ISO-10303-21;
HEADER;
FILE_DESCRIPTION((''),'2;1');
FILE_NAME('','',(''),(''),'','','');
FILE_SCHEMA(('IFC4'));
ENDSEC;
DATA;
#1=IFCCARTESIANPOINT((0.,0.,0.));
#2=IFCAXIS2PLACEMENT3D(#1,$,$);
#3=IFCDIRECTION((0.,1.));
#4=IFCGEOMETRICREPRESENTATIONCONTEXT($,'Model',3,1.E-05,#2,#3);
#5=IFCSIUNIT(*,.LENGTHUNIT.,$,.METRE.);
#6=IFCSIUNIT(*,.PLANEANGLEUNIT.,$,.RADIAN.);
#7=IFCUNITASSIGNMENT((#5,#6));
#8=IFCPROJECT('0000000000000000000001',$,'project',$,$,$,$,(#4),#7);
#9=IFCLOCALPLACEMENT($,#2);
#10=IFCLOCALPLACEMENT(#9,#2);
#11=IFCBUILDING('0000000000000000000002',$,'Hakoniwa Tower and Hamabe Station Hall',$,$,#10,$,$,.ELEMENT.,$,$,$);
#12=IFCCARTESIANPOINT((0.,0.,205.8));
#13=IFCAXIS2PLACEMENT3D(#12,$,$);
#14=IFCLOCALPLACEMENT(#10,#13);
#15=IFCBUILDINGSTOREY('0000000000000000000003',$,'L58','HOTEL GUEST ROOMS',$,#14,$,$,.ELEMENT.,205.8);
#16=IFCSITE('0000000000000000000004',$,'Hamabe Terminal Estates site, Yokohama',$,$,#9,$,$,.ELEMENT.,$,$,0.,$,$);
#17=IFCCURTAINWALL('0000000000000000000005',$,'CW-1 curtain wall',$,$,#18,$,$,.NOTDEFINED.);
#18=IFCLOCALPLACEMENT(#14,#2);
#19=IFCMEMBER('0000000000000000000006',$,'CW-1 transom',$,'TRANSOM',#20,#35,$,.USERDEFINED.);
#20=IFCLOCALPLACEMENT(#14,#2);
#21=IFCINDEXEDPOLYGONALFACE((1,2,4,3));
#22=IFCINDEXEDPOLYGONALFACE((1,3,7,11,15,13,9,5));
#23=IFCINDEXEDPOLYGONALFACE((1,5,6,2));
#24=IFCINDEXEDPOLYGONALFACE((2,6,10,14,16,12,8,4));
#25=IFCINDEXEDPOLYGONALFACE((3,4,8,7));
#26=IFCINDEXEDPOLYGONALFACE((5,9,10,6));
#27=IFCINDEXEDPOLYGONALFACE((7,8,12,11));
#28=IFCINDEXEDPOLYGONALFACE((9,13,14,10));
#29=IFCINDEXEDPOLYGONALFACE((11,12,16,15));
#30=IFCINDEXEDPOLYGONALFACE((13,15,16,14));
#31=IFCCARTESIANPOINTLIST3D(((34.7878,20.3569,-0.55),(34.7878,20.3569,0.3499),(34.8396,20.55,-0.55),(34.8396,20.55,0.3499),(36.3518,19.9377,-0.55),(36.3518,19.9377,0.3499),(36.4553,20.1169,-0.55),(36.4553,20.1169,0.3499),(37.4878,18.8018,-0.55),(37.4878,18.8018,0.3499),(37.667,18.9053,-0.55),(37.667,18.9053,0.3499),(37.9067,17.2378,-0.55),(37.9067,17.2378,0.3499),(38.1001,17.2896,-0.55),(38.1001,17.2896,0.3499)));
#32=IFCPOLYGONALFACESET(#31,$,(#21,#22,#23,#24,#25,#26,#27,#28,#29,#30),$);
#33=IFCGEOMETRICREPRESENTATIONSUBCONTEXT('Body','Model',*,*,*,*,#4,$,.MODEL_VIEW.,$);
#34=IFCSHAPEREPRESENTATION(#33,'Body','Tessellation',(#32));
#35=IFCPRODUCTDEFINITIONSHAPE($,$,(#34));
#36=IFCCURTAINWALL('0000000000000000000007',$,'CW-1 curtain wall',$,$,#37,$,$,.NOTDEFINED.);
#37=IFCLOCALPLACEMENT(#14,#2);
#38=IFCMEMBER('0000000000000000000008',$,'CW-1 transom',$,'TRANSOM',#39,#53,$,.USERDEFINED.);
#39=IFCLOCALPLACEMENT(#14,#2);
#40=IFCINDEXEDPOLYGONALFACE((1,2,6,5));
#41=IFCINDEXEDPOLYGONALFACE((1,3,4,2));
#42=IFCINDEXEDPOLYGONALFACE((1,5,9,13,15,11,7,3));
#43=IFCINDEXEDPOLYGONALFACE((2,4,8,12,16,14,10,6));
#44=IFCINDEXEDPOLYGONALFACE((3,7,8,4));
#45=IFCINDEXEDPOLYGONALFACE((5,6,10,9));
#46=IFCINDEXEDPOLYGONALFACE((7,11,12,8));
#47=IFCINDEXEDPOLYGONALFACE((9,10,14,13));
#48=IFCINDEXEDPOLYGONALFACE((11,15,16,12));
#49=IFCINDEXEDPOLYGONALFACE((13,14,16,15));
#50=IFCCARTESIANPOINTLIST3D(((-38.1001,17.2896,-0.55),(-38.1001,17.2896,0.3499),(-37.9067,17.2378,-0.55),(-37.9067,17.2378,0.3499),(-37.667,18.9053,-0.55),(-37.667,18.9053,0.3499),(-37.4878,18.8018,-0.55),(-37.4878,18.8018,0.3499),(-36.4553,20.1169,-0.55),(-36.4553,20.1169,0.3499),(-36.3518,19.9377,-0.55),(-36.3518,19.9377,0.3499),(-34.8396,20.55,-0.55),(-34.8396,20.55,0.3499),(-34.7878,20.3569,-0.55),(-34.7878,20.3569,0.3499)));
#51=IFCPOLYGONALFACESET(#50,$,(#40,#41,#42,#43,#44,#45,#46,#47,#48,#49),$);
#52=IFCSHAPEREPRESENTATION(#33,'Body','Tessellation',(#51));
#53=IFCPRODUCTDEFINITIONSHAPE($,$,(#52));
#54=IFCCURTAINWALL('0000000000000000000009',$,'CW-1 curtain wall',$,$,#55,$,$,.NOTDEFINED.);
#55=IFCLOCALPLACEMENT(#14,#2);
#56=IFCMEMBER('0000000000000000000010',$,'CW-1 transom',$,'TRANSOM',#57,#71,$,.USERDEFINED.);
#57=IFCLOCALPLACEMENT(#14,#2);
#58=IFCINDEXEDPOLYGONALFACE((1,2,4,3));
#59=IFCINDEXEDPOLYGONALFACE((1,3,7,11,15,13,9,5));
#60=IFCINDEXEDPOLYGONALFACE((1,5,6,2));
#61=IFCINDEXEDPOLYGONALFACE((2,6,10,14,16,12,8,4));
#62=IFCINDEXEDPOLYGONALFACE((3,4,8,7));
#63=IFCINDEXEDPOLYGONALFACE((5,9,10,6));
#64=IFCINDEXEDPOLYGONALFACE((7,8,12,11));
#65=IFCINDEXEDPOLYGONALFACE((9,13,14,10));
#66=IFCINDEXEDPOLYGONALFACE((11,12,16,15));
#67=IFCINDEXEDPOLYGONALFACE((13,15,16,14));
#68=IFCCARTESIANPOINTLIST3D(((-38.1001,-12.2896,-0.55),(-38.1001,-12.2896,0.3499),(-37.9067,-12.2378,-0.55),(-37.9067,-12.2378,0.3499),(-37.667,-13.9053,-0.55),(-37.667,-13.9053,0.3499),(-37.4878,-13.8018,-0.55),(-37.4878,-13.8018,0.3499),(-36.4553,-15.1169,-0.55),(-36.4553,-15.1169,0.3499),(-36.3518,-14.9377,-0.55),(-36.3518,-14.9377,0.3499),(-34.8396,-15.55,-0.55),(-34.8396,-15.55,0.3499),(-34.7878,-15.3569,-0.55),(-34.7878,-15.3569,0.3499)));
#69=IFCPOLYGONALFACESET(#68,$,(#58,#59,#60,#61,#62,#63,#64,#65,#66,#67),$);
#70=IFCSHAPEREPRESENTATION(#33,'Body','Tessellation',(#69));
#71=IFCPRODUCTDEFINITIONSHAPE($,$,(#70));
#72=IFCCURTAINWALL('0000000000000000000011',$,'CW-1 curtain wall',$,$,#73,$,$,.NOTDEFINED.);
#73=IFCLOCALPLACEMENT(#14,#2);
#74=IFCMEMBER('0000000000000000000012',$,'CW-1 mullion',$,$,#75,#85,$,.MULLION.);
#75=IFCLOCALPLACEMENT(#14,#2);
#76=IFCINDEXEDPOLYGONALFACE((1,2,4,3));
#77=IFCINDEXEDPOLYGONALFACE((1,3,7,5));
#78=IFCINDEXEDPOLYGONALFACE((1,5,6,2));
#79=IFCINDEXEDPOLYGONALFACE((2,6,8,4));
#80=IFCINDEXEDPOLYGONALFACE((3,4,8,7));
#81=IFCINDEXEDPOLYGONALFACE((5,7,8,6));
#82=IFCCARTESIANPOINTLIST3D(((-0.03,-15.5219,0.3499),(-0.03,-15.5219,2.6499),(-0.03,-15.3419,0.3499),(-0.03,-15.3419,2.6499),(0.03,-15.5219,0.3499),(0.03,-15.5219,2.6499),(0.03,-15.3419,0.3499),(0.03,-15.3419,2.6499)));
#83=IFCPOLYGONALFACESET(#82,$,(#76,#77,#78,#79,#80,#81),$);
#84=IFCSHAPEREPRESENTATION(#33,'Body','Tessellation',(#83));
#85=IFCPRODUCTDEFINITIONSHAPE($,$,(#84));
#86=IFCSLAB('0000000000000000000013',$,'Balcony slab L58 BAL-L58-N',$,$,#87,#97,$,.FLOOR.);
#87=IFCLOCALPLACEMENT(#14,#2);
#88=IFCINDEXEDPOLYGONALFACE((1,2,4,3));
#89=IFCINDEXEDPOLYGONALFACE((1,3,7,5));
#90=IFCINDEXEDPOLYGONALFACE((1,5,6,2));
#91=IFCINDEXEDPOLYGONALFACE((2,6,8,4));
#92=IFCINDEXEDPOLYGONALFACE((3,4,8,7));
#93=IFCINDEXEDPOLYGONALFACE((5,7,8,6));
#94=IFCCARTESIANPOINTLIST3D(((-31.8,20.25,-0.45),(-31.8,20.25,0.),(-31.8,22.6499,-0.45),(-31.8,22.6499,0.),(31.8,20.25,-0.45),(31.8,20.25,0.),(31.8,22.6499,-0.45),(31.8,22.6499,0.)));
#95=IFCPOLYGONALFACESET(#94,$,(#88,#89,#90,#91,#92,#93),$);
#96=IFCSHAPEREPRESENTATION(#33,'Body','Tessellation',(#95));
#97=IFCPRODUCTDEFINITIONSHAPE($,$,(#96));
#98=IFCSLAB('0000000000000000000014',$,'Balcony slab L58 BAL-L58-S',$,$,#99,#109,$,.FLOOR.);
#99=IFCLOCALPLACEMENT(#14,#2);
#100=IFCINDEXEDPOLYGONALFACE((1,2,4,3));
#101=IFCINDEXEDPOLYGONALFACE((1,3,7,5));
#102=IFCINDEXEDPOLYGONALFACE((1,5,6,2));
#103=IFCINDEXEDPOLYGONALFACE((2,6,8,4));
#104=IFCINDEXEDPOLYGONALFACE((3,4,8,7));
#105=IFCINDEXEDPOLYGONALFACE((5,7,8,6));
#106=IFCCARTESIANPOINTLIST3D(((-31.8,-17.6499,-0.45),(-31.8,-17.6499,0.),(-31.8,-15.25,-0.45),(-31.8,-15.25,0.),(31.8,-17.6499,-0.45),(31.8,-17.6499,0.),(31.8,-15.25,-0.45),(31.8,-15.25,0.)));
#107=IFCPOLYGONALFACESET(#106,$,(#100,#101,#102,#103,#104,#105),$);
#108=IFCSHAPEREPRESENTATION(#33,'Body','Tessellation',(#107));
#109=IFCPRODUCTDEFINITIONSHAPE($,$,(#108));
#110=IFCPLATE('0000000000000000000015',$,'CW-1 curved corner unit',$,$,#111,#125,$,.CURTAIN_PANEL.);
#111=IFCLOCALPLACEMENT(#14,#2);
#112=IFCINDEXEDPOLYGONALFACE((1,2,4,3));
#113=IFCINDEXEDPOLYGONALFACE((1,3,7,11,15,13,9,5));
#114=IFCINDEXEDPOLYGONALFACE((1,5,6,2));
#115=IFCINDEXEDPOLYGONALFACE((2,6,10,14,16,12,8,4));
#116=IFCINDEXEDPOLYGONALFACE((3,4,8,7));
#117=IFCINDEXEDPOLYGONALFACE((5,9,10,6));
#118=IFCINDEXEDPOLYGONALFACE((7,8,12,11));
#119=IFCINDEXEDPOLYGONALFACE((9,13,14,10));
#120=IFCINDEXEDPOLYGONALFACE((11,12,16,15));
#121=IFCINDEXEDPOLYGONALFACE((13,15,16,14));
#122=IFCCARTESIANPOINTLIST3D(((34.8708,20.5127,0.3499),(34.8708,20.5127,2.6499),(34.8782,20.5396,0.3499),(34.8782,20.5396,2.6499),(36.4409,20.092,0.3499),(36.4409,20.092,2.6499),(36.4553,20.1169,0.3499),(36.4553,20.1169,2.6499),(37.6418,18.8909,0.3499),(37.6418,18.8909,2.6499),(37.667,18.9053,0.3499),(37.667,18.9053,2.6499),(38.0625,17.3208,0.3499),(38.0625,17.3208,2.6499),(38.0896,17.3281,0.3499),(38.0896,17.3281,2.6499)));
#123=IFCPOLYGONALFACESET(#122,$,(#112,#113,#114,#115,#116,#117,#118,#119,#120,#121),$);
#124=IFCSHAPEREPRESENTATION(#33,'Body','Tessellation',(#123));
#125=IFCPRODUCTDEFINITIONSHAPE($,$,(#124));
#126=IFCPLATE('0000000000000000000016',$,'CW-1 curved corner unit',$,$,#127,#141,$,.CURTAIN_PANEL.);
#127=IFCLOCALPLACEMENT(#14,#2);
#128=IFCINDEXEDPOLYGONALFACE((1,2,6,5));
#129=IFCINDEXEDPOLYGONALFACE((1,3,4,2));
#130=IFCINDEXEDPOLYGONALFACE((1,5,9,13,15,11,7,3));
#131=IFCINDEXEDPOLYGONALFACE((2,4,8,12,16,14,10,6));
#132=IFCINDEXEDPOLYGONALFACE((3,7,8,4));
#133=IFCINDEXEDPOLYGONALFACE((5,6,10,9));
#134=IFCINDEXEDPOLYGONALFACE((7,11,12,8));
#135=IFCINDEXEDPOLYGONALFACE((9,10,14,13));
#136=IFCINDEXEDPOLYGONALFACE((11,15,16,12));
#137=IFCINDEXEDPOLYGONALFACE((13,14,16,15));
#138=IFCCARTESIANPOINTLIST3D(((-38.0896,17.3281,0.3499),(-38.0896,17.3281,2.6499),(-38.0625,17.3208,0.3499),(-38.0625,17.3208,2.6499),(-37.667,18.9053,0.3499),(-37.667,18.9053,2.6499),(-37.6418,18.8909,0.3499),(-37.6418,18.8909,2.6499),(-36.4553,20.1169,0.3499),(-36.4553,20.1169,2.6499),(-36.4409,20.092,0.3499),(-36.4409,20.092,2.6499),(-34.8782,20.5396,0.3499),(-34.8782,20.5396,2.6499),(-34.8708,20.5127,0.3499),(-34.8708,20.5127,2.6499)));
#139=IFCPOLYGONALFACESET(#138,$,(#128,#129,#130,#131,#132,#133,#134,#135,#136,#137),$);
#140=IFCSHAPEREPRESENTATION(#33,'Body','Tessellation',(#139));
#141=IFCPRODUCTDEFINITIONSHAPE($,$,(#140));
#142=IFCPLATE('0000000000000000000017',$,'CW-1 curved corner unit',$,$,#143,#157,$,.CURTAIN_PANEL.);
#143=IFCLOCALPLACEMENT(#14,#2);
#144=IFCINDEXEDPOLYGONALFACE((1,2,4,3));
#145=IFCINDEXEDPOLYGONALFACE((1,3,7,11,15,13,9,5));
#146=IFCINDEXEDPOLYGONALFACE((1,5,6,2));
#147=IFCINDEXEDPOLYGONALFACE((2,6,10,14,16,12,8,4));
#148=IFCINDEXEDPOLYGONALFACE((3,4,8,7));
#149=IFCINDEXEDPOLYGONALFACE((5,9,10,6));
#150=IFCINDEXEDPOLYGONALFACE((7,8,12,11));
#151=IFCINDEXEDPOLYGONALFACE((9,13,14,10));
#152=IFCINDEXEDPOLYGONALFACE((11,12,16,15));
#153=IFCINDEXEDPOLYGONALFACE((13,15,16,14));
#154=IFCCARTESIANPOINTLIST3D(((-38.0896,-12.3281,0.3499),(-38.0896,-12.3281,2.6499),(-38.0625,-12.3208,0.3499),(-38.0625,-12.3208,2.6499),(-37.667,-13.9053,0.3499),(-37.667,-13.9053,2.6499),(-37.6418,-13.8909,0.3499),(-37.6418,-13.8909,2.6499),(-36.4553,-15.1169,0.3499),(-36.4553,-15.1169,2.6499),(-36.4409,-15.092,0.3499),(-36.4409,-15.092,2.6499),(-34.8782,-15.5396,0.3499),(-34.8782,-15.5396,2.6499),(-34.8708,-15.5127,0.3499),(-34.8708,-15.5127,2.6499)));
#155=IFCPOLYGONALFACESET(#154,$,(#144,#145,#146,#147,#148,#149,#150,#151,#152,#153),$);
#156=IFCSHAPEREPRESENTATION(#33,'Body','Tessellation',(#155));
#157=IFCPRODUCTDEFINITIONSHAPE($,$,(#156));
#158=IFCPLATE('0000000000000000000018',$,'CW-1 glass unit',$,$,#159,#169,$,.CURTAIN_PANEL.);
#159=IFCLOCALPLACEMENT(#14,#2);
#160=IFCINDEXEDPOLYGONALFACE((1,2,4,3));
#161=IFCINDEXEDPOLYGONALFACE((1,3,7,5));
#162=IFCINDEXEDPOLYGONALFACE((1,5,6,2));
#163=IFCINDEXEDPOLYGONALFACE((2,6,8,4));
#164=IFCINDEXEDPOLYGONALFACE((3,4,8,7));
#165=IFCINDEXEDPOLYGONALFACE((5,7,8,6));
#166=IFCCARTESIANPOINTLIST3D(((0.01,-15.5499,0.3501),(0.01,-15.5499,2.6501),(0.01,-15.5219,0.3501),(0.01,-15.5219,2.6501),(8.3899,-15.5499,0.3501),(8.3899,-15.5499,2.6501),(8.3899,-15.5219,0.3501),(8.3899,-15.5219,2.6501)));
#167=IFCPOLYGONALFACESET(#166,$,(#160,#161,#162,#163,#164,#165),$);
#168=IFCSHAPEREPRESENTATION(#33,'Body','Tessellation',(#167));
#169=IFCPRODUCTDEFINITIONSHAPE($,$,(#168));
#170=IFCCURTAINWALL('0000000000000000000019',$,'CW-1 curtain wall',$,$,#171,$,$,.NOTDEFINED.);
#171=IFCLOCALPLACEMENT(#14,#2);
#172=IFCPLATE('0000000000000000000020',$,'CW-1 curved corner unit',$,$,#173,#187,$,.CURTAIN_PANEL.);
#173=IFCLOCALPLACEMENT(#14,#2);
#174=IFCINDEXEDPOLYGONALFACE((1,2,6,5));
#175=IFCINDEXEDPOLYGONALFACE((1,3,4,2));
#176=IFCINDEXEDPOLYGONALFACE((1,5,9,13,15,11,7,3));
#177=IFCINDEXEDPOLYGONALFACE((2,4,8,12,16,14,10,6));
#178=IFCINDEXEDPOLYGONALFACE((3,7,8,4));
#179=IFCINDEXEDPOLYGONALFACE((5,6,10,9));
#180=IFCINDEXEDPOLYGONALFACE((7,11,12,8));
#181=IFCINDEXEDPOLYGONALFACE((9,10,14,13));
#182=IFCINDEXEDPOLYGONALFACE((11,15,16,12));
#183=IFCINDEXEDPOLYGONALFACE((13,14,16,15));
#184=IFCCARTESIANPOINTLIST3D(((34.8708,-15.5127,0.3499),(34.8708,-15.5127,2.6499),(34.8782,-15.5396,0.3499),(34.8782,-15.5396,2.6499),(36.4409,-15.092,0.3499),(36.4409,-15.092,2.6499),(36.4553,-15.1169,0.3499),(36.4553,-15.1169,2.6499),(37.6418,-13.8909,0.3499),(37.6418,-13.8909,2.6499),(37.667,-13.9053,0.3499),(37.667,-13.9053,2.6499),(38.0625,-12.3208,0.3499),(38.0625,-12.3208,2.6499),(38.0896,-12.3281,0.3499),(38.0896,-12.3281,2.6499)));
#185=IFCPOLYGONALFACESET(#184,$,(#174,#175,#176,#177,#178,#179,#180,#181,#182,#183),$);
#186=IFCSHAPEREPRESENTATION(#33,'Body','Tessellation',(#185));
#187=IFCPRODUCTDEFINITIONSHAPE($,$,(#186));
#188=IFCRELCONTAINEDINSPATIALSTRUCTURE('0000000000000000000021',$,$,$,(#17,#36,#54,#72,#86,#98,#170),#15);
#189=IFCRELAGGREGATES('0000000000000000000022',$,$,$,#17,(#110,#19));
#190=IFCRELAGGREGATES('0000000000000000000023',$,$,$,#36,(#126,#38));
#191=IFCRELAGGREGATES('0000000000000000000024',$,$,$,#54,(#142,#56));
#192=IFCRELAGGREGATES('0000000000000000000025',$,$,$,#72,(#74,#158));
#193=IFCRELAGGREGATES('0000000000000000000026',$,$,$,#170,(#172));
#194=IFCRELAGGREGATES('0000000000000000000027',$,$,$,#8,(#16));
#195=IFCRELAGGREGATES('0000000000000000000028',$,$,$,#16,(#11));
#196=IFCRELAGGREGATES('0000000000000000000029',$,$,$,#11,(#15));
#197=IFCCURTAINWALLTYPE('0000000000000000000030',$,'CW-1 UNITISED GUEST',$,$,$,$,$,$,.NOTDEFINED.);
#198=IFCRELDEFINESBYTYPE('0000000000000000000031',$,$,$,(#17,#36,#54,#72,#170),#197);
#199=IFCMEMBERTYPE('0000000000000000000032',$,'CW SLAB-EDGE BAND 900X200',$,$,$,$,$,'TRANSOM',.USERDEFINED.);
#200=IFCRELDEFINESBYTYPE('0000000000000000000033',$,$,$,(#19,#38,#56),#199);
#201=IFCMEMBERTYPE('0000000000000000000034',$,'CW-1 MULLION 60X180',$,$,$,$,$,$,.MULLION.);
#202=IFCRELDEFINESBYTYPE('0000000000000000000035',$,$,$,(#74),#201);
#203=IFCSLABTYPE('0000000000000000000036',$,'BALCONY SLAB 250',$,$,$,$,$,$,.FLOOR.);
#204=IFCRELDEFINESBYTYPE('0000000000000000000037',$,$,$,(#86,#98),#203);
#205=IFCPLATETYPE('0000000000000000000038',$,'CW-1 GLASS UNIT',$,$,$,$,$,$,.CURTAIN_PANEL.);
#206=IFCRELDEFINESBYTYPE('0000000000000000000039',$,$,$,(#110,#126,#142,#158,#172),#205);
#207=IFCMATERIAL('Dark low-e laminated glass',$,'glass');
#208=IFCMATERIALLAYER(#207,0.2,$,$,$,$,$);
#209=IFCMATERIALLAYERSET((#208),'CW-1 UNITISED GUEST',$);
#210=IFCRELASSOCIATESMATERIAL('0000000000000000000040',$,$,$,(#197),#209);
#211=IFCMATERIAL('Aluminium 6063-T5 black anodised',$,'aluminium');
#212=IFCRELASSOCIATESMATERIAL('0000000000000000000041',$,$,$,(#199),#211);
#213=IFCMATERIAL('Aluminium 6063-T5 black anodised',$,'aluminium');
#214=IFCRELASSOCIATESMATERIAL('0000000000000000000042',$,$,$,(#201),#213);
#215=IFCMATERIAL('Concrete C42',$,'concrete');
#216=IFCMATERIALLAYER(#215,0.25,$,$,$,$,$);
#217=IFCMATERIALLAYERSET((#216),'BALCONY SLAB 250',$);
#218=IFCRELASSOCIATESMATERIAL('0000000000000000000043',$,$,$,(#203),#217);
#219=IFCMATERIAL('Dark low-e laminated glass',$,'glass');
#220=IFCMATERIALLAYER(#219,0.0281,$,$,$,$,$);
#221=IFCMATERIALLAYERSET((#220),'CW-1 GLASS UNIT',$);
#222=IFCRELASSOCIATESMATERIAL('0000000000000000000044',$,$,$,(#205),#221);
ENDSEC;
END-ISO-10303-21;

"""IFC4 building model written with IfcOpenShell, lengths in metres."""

from ifc_helpers import new_model, si_unit, direction, frame, origin, origin_2d, place, context, subcontext, project, spatial, polyline, rectangle, outline, extrude, material, layer, layer_set, material_profile, profile_set, type_object, element, aggregate, save


model = new_model("IFC4")

# Units and contexts
model_context = context("Model", 3, precision=1e-05, world=origin(), true_north=direction((0.0, 1.0)))
body_context = subcontext(model_context, "Body", "Model", "MODEL_VIEW")
ifc_project = project(units=[si_unit("LENGTHUNIT", "METRE"), si_unit("PLANEANGLEUNIT", "RADIAN")], contexts=[model_context])

# Site, building, storey
site_placement = place(None, origin())
site = spatial("IfcSite", under=ifc_project, at=site_placement, Name="Hamabe Terminal Estates site, Yokohama", CompositionType="ELEMENT", RefElevation=0.0)
building_placement = place(site_placement, origin())
building = spatial("IfcBuilding", under=site, at=building_placement, Name="Hakoniwa Tower and Hamabe Station Hall", CompositionType="ELEMENT")
storey_placement = place(building_placement, frame((0.0, 0.0, 205.8)))
storey = spatial("IfcBuildingStorey", under=building, at=storey_placement, Name="L58", Description="HOTEL GUEST ROOMS", CompositionType="ELEMENT", Elevation=205.8)

# Curtain walls, members
ifc_material_1 = material(Name="Dark low-e laminated glass", Category="glass")
ifc_layer_1 = layer(ifc_material_1, 0.2)
ifc_layer_set_1 = layer_set([ifc_layer_1], Name="CW-1 UNITISED GUEST")
curtain_wall_type = type_object("IfcCurtainWallType", Name="CW-1 UNITISED GUEST", PredefinedType="NOTDEFINED", material=ifc_layer_set_1)
curtain_wall_1_placement = place(storey_placement, origin())
curtain_wall_1 = element("IfcCurtainWall", 1, at=curtain_wall_1_placement, inside=storey, type_object=curtain_wall_type, Name="CW-1 curtain wall", PredefinedType="NOTDEFINED")
ifc_material_2 = material(Name="Aluminium 6063-T5 black anodised", Category="aluminium")
ifc_material_profile_1 = material_profile(ifc_material_2, rectangle(XDim=0.2, YDim=0.8999, at=origin_2d()), Name="CW SLAB-EDGE BAND 900X200")
ifc_profile_set_1 = profile_set([ifc_material_profile_1], Name="Aluminium 6063-T5 black anodised")
member_type_1 = type_object("IfcMemberType", Name="CW SLAB-EDGE BAND 900X200", ElementType="TRANSOM", PredefinedType="USERDEFINED", material=ifc_profile_set_1)
member_1_placement = place(storey_placement, frame((0.0, 0.0, -0.55)))
member_1 = element("IfcMember", 2, at=member_1_placement, type_object=member_type_1, Name="CW-1 transom", ObjectType="TRANSOM", PredefinedType="USERDEFINED", context=body_context, shape_type="SweptSolid", body=[
    extrude(outline(polyline([(38.1001, 17.2896), (37.667, 18.9053), (36.4553, 20.1169), (34.8396, 20.55), (34.7878, 20.3569), (36.3518, 19.9377), (37.4878, 18.8018), (37.9067, 17.2378), (38.1001, 17.2896)])), origin(), (0.0, 0.0, 1.0), 0.8999),
])
curtain_wall_2_placement = place(storey_placement, origin())
curtain_wall_2 = element("IfcCurtainWall", 3, at=curtain_wall_2_placement, inside=storey, type_object=curtain_wall_type, Name="CW-1 curtain wall", PredefinedType="NOTDEFINED")
member_2_placement = place(storey_placement, frame((0.0, 0.0, -0.55)))
member_2 = element("IfcMember", 4, at=member_2_placement, type_object=member_type_1, Name="CW-1 transom", ObjectType="TRANSOM", PredefinedType="USERDEFINED", context=body_context, shape_type="SweptSolid", body=[
    extrude(outline(polyline([(-34.8396, 20.55), (-36.4553, 20.1169), (-37.667, 18.9053), (-38.1001, 17.2896), (-37.9067, 17.2378), (-37.4878, 18.8018), (-36.3518, 19.9377), (-34.7878, 20.3569), (-34.8396, 20.55)])), origin(), (0.0, 0.0, 1.0), 0.8999),
])
curtain_wall_3_placement = place(storey_placement, origin())
curtain_wall_3 = element("IfcCurtainWall", 5, at=curtain_wall_3_placement, inside=storey, type_object=curtain_wall_type, Name="CW-1 curtain wall", PredefinedType="NOTDEFINED")
member_3_placement = place(storey_placement, frame((0.0, 0.0, -0.55)))
member_3 = element("IfcMember", 6, at=member_3_placement, type_object=member_type_1, Name="CW-1 transom", ObjectType="TRANSOM", PredefinedType="USERDEFINED", context=body_context, shape_type="SweptSolid", body=[
    extrude(outline(polyline([(-38.1001, -12.2896), (-37.667, -13.9053), (-36.4553, -15.1169), (-34.8396, -15.55), (-34.7878, -15.3569), (-36.3518, -14.9377), (-37.4878, -13.8018), (-37.9067, -12.2378), (-38.1001, -12.2896)])), origin(), (0.0, 0.0, 1.0), 0.8999),
])
curtain_wall_4_placement = place(storey_placement, origin())
curtain_wall_4 = element("IfcCurtainWall", 7, at=curtain_wall_4_placement, inside=storey, type_object=curtain_wall_type, Name="CW-1 curtain wall", PredefinedType="NOTDEFINED")
ifc_material_3 = material(Name="Aluminium 6063-T5 black anodised", Category="aluminium")
ifc_material_profile_2 = material_profile(ifc_material_3, rectangle(XDim=0.0601, YDim=0.1799, at=origin_2d()), Name="CW-1 MULLION 60X180")
ifc_profile_set_2 = profile_set([ifc_material_profile_2], Name="Aluminium 6063-T5 black anodised")
member_type_2 = type_object("IfcMemberType", Name="CW-1 MULLION 60X180", PredefinedType="MULLION", material=ifc_profile_set_2)
member_4_placement = place(storey_placement, frame((0.0, -15.4319, 0.3499), z_axis=(0.0, 0.0, 1.0), x_axis=(1.0, 0.0, 0.0)))
member_4 = element("IfcMember", 8, at=member_4_placement, type_object=member_type_2, Name="CW-1 mullion", PredefinedType="MULLION", context=body_context, shape_type="SweptSolid", body=[
    extrude(rectangle(XDim=0.0601, YDim=0.1799, at=origin_2d()), origin(), (0.0, 0.0, 1.0), 2.3),
])

# Slabs
ifc_material_4 = material(Name="Concrete C42", Category="concrete")
ifc_layer_2 = layer(ifc_material_4, 0.25)
ifc_layer_set_2 = layer_set([ifc_layer_2], Name="BALCONY SLAB 250")
slab_type = type_object("IfcSlabType", Name="BALCONY SLAB 250", PredefinedType="FLOOR", material=ifc_layer_set_2)
slab_1_placement = place(storey_placement, frame((0.0, 0.0, -0.45)))
element("IfcSlab", 9, at=slab_1_placement, inside=storey, type_object=slab_type, Name="Balcony slab L58 BAL-L58-N", PredefinedType="FLOOR", context=body_context, shape_type="SweptSolid", body=[
    extrude(outline(polyline([(-31.8, 20.25), (31.8, 20.25), (31.8, 22.6499), (-31.8, 22.6499), (-31.8, 20.25)])), origin(), (0.0, 0.0, 1.0), 0.45),
])
slab_2_placement = place(storey_placement, frame((0.0, 0.0, -0.45)))
element("IfcSlab", 10, at=slab_2_placement, inside=storey, type_object=slab_type, Name="Balcony slab L58 BAL-L58-S", PredefinedType="FLOOR", context=body_context, shape_type="SweptSolid", body=[
    extrude(outline(polyline([(-31.8, -17.6499), (31.8, -17.6499), (31.8, -15.25), (-31.8, -15.25), (-31.8, -17.6499)])), origin(), (0.0, 0.0, 1.0), 0.45),
])

# Plates
ifc_material_5 = material(Name="Dark low-e laminated glass", Category="glass")
ifc_layer_3 = layer(ifc_material_5, 0.0281)
ifc_layer_set_3 = layer_set([ifc_layer_3], Name="CW-1 GLASS UNIT")
plate_type = type_object("IfcPlateType", Name="CW-1 GLASS UNIT", PredefinedType="CURTAIN_PANEL", material=ifc_layer_set_3)
plate_1_placement = place(storey_placement, frame((0.0, 0.0, 0.3499)))
plate_1 = element("IfcPlate", 11, at=plate_1_placement, type_object=plate_type, Name="CW-1 curved corner unit", PredefinedType="CURTAIN_PANEL", context=body_context, shape_type="SweptSolid", body=[
    extrude(outline(polyline([(38.0896, 17.3281), (37.667, 18.9053), (36.4553, 20.1169), (34.8782, 20.5396), (34.8708, 20.5127), (36.4409, 20.092), (37.6418, 18.8909), (38.0625, 17.3208), (38.0896, 17.3281)])), origin(), (0.0, 0.0, 1.0), 2.3),
])
aggregate(curtain_wall_1, [plate_1, member_1])
plate_2_placement = place(storey_placement, frame((0.0, 0.0, 0.3499)))
plate_2 = element("IfcPlate", 12, at=plate_2_placement, type_object=plate_type, Name="CW-1 curved corner unit", PredefinedType="CURTAIN_PANEL", context=body_context, shape_type="SweptSolid", body=[
    extrude(outline(polyline([(-34.8782, 20.5396), (-36.4553, 20.1169), (-37.667, 18.9053), (-38.0896, 17.3281), (-38.0625, 17.3208), (-37.6418, 18.8909), (-36.4409, 20.092), (-34.8708, 20.5127), (-34.8782, 20.5396)])), origin(), (0.0, 0.0, 1.0), 2.3),
])
aggregate(curtain_wall_2, [plate_2, member_2])
plate_3_placement = place(storey_placement, frame((0.0, 0.0, 0.3499)))
plate_3 = element("IfcPlate", 13, at=plate_3_placement, type_object=plate_type, Name="CW-1 curved corner unit", PredefinedType="CURTAIN_PANEL", context=body_context, shape_type="SweptSolid", body=[
    extrude(outline(polyline([(-38.0896, -12.3281), (-37.667, -13.9053), (-36.4553, -15.1169), (-34.8782, -15.5396), (-34.8708, -15.5127), (-36.4409, -15.092), (-37.6418, -13.8909), (-38.0625, -12.3208), (-38.0896, -12.3281)])), origin(), (0.0, 0.0, 1.0), 2.3),
])
aggregate(curtain_wall_3, [plate_3, member_3])
plate_4_placement = place(storey_placement, frame((4.2, -15.5359, 0.3501), z_axis=(0.0, 0.0, 1.0), x_axis=(1.0, 0.0, 0.0)))
plate_4 = element("IfcPlate", 14, at=plate_4_placement, type_object=plate_type, Name="CW-1 glass unit", PredefinedType="CURTAIN_PANEL", context=body_context, shape_type="SweptSolid", body=[
    extrude(rectangle(XDim=8.3799, YDim=0.0281, at=origin_2d()), origin(), (0.0, 0.0, 1.0), 2.3),
])
aggregate(curtain_wall_4, [member_4, plate_4])

# Curtain wall, plate
curtain_wall_5_placement = place(storey_placement, origin())
curtain_wall_5 = element("IfcCurtainWall", 15, at=curtain_wall_5_placement, inside=storey, type_object=curtain_wall_type, Name="CW-1 curtain wall", PredefinedType="NOTDEFINED")
plate_5_placement = place(storey_placement, frame((0.0, 0.0, 0.3499)))
plate_5 = element("IfcPlate", 16, at=plate_5_placement, type_object=plate_type, Name="CW-1 curved corner unit", PredefinedType="CURTAIN_PANEL", context=body_context, shape_type="SweptSolid", body=[
    extrude(outline(polyline([(34.8782, -15.5396), (36.4553, -15.1169), (37.667, -13.9053), (38.0896, -12.3281), (38.0625, -12.3208), (37.6418, -13.8909), (36.4409, -15.092), (34.8708, -15.5127), (34.8782, -15.5396)])), origin(), (0.0, 0.0, 1.0), 2.3),
])
aggregate(curtain_wall_5, [plate_5])

save(model, "model.ifc")
